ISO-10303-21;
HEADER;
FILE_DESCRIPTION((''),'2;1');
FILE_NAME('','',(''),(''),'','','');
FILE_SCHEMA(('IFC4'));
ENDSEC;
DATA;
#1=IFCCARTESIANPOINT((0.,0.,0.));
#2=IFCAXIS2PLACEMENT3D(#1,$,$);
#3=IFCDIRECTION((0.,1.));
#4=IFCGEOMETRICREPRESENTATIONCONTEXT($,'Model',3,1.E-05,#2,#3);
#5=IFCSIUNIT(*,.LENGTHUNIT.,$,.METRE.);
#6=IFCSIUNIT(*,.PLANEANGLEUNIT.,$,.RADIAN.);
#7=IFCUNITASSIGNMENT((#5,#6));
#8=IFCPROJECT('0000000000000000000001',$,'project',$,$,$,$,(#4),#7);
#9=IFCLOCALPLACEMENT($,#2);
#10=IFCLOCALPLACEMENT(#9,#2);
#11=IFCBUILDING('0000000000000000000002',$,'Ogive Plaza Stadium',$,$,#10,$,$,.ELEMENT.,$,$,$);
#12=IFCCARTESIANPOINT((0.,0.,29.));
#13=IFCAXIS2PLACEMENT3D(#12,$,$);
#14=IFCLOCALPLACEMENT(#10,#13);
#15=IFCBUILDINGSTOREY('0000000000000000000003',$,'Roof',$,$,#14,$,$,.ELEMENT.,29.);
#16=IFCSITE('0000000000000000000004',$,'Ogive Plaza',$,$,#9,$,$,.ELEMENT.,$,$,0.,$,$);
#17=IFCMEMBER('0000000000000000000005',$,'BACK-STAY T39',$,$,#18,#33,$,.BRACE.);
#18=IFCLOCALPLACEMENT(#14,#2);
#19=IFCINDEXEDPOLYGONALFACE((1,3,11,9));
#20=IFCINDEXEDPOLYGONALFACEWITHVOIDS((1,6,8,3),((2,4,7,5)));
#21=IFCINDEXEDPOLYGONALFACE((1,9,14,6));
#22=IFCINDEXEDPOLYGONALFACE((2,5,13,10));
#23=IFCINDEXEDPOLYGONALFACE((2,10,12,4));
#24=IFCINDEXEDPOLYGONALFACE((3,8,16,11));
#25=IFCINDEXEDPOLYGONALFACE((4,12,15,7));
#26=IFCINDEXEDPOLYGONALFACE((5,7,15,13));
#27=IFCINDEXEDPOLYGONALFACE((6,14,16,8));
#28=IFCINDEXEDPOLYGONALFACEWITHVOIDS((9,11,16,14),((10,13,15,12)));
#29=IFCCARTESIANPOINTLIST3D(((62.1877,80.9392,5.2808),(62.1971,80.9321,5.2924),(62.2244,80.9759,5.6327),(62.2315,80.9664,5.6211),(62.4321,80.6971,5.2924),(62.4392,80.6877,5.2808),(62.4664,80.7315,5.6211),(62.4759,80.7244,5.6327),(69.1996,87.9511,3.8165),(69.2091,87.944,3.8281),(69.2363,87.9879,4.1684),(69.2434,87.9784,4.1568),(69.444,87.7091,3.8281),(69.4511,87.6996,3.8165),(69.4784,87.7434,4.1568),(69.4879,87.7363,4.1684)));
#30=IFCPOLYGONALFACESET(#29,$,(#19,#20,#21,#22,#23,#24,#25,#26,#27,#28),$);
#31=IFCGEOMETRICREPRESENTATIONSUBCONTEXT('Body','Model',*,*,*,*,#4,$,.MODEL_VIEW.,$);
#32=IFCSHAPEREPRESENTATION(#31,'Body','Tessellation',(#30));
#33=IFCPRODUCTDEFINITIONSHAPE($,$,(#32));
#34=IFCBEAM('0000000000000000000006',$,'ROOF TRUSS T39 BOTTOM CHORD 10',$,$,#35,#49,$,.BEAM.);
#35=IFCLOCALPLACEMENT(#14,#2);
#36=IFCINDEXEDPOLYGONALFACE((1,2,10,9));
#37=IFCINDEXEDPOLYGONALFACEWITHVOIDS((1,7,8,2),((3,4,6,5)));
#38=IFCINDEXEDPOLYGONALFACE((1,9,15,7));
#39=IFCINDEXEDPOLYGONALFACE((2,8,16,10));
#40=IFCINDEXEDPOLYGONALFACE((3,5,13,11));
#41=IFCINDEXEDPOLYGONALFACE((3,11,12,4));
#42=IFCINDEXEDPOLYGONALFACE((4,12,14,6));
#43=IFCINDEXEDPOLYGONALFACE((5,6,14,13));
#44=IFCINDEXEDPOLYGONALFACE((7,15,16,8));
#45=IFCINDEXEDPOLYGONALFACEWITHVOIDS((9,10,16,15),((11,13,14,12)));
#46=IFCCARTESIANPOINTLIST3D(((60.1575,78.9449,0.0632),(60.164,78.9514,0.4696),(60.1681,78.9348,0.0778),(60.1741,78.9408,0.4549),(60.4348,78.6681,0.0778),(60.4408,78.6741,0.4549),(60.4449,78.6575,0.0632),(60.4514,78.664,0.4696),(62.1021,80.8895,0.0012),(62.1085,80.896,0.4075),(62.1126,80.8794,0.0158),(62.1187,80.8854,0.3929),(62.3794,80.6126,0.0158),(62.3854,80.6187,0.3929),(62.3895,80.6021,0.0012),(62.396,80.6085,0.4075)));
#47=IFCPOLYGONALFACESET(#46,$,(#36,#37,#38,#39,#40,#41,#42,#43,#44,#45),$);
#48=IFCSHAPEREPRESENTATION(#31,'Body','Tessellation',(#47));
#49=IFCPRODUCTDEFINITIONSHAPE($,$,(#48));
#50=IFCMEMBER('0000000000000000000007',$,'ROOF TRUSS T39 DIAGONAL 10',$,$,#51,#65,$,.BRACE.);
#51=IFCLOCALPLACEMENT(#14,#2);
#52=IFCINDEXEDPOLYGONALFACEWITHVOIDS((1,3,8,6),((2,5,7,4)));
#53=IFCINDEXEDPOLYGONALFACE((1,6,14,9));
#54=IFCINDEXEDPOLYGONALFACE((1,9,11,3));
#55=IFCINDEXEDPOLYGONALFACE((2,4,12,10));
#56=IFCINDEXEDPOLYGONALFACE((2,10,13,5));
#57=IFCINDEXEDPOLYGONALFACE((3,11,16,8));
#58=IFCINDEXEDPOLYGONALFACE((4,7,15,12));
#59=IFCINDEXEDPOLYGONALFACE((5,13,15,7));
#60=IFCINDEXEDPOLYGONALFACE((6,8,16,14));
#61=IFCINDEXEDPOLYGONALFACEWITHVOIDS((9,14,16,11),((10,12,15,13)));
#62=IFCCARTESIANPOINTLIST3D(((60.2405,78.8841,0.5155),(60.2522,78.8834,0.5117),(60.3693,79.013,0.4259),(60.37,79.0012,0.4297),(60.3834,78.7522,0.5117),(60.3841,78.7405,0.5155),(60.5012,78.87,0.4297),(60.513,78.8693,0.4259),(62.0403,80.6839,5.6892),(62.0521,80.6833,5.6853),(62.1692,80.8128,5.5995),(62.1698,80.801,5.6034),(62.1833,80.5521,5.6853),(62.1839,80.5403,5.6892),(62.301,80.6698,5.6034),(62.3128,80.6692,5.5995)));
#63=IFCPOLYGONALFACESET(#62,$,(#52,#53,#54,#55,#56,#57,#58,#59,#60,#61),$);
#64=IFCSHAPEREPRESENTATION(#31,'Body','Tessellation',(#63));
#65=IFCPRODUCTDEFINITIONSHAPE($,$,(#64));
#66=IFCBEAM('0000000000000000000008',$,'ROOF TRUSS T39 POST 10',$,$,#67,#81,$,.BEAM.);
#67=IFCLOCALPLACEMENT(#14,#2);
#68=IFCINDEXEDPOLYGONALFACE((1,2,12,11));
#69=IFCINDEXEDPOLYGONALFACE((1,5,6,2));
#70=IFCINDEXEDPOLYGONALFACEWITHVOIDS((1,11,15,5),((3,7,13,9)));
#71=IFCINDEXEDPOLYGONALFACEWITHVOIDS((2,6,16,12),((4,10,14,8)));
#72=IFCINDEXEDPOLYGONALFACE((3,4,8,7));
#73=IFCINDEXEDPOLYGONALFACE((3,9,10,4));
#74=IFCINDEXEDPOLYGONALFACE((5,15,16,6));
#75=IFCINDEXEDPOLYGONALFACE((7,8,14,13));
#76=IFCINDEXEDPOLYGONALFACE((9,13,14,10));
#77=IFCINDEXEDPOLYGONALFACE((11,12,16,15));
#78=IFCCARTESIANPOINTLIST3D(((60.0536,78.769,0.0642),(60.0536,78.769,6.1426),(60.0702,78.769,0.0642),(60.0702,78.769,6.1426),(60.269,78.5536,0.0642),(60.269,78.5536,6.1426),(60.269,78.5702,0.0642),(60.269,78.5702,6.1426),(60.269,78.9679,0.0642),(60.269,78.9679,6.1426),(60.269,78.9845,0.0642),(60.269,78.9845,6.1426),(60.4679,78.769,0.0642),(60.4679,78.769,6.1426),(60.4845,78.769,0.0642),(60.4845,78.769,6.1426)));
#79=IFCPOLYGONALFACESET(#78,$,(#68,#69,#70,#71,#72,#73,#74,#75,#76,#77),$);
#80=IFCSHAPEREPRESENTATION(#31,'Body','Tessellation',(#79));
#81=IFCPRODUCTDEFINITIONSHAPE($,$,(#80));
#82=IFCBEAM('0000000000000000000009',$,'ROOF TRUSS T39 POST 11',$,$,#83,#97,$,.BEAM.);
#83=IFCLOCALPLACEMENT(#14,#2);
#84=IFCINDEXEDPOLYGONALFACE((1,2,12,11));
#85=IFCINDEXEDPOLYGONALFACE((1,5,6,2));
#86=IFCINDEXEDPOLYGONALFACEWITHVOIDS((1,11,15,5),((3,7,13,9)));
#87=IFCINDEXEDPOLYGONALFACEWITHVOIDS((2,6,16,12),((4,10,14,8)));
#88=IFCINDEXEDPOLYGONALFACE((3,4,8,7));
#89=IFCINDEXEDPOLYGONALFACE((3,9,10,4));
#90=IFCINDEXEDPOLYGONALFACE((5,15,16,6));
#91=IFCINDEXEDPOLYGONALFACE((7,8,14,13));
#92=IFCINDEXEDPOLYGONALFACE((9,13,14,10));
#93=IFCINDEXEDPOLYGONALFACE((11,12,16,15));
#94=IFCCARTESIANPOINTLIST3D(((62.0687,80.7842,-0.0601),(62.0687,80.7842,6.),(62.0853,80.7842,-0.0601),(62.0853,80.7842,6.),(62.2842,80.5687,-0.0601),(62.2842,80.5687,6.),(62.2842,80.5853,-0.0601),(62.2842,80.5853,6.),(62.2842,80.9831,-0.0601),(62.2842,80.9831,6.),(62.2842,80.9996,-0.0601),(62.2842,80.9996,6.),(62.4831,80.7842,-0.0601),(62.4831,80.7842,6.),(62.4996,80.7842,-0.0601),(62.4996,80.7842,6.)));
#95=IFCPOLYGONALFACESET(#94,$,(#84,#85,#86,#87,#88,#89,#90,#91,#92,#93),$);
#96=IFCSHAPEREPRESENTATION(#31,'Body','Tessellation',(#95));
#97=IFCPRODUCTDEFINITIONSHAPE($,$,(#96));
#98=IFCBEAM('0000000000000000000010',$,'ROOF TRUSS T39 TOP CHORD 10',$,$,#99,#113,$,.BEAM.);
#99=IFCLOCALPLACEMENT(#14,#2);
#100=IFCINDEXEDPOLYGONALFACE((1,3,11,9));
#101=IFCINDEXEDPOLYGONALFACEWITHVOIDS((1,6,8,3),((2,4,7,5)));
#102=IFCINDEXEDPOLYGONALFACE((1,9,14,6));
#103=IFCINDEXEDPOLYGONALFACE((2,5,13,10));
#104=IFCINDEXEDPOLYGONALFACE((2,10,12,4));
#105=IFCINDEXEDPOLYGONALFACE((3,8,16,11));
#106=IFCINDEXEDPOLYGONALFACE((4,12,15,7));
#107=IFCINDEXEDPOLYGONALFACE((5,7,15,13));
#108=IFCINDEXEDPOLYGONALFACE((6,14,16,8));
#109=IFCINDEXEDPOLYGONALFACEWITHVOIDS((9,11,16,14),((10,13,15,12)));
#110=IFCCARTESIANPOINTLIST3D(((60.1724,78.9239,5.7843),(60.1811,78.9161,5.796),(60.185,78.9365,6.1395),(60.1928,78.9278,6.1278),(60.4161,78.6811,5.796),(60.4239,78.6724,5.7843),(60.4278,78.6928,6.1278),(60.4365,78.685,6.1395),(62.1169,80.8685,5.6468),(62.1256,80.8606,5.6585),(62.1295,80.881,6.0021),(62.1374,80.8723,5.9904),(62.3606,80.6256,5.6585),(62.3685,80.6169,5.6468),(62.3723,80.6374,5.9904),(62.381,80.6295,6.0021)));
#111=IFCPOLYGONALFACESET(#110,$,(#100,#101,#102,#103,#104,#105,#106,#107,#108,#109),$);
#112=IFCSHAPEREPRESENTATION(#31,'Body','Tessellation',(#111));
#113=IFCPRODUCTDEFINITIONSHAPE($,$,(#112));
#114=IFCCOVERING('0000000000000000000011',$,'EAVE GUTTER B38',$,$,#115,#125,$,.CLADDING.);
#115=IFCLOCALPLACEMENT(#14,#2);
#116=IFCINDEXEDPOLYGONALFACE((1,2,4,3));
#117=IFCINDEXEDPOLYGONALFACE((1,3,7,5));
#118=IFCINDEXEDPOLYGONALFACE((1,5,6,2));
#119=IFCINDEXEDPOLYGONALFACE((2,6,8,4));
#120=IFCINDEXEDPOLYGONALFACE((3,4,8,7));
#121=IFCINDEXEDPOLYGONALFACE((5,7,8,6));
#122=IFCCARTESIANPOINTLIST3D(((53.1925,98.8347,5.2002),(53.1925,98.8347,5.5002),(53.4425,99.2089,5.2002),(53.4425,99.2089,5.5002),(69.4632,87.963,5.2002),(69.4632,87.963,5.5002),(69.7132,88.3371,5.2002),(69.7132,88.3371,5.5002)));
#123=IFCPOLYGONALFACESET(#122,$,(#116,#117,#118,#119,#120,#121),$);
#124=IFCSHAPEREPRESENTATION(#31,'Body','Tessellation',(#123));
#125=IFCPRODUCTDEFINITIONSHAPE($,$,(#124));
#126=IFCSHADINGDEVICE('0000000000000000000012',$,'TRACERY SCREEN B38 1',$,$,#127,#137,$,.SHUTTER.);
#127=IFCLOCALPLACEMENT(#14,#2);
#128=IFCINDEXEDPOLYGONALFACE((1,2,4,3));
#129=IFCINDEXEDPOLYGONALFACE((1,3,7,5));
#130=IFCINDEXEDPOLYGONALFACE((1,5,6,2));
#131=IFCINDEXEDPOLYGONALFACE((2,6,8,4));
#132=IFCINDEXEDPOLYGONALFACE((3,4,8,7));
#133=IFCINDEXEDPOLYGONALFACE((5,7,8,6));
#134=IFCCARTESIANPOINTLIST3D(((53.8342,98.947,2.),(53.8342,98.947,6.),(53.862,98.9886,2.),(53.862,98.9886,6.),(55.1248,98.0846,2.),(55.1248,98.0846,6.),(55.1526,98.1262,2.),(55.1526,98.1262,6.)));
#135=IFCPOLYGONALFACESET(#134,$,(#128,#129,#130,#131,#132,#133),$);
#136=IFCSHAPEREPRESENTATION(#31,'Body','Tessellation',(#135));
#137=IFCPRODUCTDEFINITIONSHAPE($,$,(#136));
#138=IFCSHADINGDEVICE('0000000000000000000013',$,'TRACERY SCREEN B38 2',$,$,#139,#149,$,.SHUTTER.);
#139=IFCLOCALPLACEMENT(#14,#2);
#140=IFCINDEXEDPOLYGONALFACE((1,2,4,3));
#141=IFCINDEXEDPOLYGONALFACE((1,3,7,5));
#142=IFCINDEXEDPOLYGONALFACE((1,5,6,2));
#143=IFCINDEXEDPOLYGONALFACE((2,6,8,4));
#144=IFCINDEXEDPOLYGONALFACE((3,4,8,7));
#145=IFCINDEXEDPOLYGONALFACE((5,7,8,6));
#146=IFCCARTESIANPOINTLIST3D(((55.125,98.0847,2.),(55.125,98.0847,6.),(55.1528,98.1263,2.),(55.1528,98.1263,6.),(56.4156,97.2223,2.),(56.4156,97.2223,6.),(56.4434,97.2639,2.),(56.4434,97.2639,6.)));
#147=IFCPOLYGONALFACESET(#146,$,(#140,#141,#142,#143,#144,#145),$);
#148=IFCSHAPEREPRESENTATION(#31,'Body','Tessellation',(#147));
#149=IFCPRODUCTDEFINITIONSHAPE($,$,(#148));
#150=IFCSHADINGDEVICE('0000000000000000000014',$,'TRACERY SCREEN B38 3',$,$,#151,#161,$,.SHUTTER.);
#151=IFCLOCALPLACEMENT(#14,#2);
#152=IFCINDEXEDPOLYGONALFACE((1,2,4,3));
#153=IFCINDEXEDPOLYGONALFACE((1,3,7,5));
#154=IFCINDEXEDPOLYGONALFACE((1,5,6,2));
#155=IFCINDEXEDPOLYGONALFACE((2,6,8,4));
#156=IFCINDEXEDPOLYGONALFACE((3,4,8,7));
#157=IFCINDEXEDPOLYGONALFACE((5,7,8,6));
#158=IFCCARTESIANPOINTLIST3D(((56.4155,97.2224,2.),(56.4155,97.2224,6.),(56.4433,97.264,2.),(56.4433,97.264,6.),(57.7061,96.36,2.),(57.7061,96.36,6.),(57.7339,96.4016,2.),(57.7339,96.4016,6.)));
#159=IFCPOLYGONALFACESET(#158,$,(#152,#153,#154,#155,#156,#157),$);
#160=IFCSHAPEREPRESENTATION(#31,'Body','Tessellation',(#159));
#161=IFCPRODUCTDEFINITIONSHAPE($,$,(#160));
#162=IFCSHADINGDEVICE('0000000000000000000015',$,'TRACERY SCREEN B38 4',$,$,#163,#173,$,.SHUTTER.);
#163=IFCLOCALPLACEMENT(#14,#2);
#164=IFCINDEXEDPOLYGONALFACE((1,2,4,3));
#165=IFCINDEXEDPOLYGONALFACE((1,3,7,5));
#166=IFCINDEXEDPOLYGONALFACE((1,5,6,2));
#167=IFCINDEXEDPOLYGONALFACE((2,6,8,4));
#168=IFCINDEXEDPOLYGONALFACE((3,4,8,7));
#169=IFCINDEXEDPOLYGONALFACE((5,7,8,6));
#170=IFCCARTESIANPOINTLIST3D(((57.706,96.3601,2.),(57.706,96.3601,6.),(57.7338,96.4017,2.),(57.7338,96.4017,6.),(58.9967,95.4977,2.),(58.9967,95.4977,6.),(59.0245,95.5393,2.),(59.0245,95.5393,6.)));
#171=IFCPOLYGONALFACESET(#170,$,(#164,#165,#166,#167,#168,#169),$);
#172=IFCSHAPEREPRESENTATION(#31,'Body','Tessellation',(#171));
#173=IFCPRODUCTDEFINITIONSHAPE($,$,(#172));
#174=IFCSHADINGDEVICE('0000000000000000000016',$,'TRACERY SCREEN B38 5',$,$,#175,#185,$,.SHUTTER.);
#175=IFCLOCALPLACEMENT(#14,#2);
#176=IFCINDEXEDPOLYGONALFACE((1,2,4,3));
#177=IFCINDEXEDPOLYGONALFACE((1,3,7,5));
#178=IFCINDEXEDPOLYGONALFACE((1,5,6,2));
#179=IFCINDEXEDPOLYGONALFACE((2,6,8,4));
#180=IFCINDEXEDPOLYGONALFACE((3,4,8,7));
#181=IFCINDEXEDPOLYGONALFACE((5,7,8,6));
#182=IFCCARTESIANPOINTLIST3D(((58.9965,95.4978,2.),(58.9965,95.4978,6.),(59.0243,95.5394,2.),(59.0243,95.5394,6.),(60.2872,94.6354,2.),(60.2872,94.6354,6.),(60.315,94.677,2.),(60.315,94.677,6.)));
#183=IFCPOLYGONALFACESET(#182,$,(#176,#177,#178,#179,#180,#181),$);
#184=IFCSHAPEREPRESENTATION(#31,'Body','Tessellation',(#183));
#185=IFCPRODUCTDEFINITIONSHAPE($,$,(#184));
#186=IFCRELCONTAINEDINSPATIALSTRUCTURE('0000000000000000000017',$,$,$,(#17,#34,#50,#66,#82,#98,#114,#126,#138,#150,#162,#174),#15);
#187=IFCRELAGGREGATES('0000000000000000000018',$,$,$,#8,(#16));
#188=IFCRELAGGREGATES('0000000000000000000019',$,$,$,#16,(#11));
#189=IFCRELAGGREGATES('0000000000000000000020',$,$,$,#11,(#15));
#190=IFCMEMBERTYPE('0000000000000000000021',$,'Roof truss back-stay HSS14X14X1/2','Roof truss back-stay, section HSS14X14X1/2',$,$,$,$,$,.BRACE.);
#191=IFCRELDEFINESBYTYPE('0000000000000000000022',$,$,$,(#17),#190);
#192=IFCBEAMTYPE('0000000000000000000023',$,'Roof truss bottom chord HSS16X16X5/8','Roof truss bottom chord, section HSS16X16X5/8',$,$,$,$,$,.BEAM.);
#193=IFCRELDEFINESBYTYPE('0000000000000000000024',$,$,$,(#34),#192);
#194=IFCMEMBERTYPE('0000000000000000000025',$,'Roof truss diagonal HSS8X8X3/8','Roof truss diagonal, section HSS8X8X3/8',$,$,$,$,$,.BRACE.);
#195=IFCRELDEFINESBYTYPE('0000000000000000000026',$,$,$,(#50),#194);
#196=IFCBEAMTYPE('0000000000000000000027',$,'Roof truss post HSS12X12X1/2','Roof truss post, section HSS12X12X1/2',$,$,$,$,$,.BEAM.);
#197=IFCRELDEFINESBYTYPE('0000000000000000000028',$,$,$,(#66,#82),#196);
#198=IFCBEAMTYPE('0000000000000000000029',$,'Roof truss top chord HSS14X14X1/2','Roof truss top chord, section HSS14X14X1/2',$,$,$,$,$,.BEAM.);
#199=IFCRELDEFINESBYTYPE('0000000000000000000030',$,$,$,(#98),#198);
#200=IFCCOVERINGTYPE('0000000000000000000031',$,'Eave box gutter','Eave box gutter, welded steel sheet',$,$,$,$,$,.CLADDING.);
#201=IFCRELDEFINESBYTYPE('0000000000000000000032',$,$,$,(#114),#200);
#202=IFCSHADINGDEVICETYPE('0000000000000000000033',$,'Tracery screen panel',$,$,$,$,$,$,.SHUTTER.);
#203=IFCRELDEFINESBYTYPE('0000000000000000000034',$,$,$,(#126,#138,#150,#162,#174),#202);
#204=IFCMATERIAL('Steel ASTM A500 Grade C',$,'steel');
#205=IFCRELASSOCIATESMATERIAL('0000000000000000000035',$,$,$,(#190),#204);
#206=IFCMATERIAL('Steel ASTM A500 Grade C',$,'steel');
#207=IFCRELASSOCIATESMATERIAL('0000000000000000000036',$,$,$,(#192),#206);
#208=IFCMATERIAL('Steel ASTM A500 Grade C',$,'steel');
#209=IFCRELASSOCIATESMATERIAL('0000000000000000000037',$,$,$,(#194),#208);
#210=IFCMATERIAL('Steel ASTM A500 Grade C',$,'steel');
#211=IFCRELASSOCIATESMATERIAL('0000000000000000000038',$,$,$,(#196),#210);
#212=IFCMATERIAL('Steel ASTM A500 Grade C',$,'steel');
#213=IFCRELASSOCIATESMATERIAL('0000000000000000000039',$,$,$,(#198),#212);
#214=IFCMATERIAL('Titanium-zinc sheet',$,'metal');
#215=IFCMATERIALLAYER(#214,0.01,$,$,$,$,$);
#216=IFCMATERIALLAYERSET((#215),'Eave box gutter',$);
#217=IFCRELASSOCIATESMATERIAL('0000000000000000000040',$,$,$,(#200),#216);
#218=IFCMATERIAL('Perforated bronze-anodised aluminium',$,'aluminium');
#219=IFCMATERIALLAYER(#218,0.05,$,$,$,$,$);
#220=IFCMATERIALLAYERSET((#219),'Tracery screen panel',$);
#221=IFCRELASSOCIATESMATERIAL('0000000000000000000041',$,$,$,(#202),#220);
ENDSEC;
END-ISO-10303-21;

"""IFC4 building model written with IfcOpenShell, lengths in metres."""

from ifc_helpers import new_model, si_unit, direction, frame, origin, origin_2d, place, context, subcontext, project, spatial, rectangle, hollow_rectangle, extrude, material, layer, layer_set, material_profile, profile_set, type_object, element, save


model = new_model("IFC4")

# Units and contexts
model_context = context("Model", 3, precision=1e-05, world=origin(), true_north=direction((0.0, 1.0)))
body_context = subcontext(model_context, "Body", "Model", "MODEL_VIEW")
ifc_project = project(units=[si_unit("LENGTHUNIT", "METRE"), si_unit("PLANEANGLEUNIT", "RADIAN")], contexts=[model_context])

# Site, building, storey
site_placement = place(None, origin())
site = spatial("IfcSite", under=ifc_project, at=site_placement, Name="Ogive Plaza", CompositionType="ELEMENT", RefElevation=0.0)
building_placement = place(site_placement, origin())
building = spatial("IfcBuilding", under=site, at=building_placement, Name="Ogive Plaza Stadium", CompositionType="ELEMENT")
storey_placement = place(building_placement, frame((0.0, 0.0, 29.0)))
storey = spatial("IfcBuildingStorey", under=building, at=storey_placement, Name="Roof", CompositionType="ELEMENT", Elevation=29.0)

# Member
ifc_material_1 = material(Name="Steel ASTM A500 Grade C", Category="steel")
ifc_material_profile_1 = material_profile(ifc_material_1, hollow_rectangle(XDim=0.3557, YDim=0.3557, WallThickness=0.0117, at=origin_2d()), Name="HSS14X14X1/2")
ifc_profile_set_1 = profile_set([ifc_material_profile_1], Name="Steel ASTM A500 Grade C")
member_type_1 = type_object("IfcMemberType", Name="Roof truss back-stay HSS14X14X1/2", Description="Roof truss back-stay, section HSS14X14X1/2", PredefinedType="BRACE", material=ifc_profile_set_1)
member_1_placement = place(storey_placement, frame((62.3318, 80.8318, 5.4568), z_axis=(0.699521, 0.699521, -0.146086), x_axis=(-0.707107, 0.707107, 0.0)))
element("IfcMember", 1, at=member_1_placement, inside=storey, type_object=member_type_1, Name="BACK-STAY T39", PredefinedType="BRACE", context=body_context, shape_type="SweptSolid", body=[
    extrude(hollow_rectangle(XDim=0.3557, YDim=0.3557, WallThickness=0.0117, at=origin_2d()), origin(), (0.0, 0.0, 1.0), 10.0239),
])

# Beam
ifc_material_2 = material(Name="Steel ASTM A500 Grade C", Category="steel")
ifc_material_profile_2 = material_profile(ifc_material_2, hollow_rectangle(XDim=0.4065, YDim=0.4065, WallThickness=0.0146, at=origin_2d()), Name="HSS16X16X5/8")
ifc_profile_set_2 = profile_set([ifc_material_profile_2], Name="Steel ASTM A500 Grade C")
beam_type_1 = type_object("IfcBeamType", Name="Roof truss bottom chord HSS16X16X5/8", Description="Roof truss bottom chord, section HSS16X16X5/8", PredefinedType="BEAM", material=ifc_profile_set_2)
beam_1_placement = place(storey_placement, frame((60.3044, 78.8044, 0.2664), z_axis=(0.706927, 0.706927, -0.022544), x_axis=(-0.707107, 0.707107, 0.0)))
element("IfcBeam", 2, at=beam_1_placement, inside=storey, type_object=beam_type_1, Name="ROOF TRUSS T39 BOTTOM CHORD 10", PredefinedType="BEAM", context=body_context, shape_type="SweptSolid", body=[
    extrude(hollow_rectangle(XDim=0.4065, YDim=0.4065, WallThickness=0.0146, at=origin_2d()), origin(), (0.0, 0.0, 1.0), 2.7507),
])

# Member
ifc_material_3 = material(Name="Steel ASTM A500 Grade C", Category="steel")
ifc_material_profile_3 = material_profile(ifc_material_3, hollow_rectangle(XDim=0.2031, YDim=0.2031, WallThickness=0.0088, at=origin_2d()), Name="HSS8X8X3/8")
ifc_profile_set_3 = profile_set([ifc_material_profile_3], Name="Steel ASTM A500 Grade C")
member_type_2 = type_object("IfcMemberType", Name="Roof truss diagonal HSS8X8X3/8", Description="Roof truss diagonal, section HSS8X8X3/8", PredefinedType="BRACE", material=ifc_profile_set_3)
member_2_placement = place(storey_placement, frame((60.3767, 78.8767, 0.4707), z_axis=(0.312151, 0.312151, 0.897287), x_axis=(-0.707107, 0.707107, 0.0)))
element("IfcMember", 3, at=member_2_placement, inside=storey, type_object=member_type_2, Name="ROOF TRUSS T39 DIAGONAL 10", PredefinedType="BRACE", context=body_context, shape_type="SweptSolid", body=[
    extrude(hollow_rectangle(XDim=0.2031, YDim=0.2031, WallThickness=0.0088, at=origin_2d()), origin(), (0.0, 0.0, 1.0), 5.7659),
])

# Beams
ifc_material_4 = material(Name="Steel ASTM A500 Grade C", Category="steel")
ifc_material_profile_4 = material_profile(ifc_material_4, hollow_rectangle(XDim=0.3047, YDim=0.3047, WallThickness=0.0117, at=origin_2d()), Name="HSS12X12X1/2")
ifc_profile_set_4 = profile_set([ifc_material_profile_4], Name="Steel ASTM A500 Grade C")
beam_type_2 = type_object("IfcBeamType", Name="Roof truss post HSS12X12X1/2", Description="Roof truss post, section HSS12X12X1/2", PredefinedType="BEAM", material=ifc_profile_set_4)
beam_2_placement = place(storey_placement, frame((60.269, 78.769, 0.0642), z_axis=(0.0, 0.0, 1.0), x_axis=(-0.707107, 0.707107, 0.0)))
element("IfcBeam", 4, at=beam_2_placement, inside=storey, type_object=beam_type_2, Name="ROOF TRUSS T39 POST 10", PredefinedType="BEAM", context=body_context, shape_type="SweptSolid", body=[
    extrude(hollow_rectangle(XDim=0.3047, YDim=0.3047, WallThickness=0.0117, at=origin_2d()), origin(), (0.0, 0.0, 1.0), 6.0784),
])
beam_3_placement = place(storey_placement, frame((62.2842, 80.7842, -0.0601), z_axis=(0.0, 0.0, 1.0), x_axis=(-0.707107, 0.707107, 0.0)))
element("IfcBeam", 5, at=beam_3_placement, inside=storey, type_object=beam_type_2, Name="ROOF TRUSS T39 POST 11", PredefinedType="BEAM", context=body_context, shape_type="SweptSolid", body=[
    extrude(hollow_rectangle(XDim=0.3047, YDim=0.3047, WallThickness=0.0117, at=origin_2d()), origin(), (0.0, 0.0, 1.0), 6.0601),
])
ifc_material_5 = material(Name="Steel ASTM A500 Grade C", Category="steel")
ifc_material_profile_5 = material_profile(ifc_material_5, hollow_rectangle(XDim=0.3557, YDim=0.3557, WallThickness=0.0117, at=origin_2d()), Name="HSS14X14X1/2")
ifc_profile_set_5 = profile_set([ifc_material_profile_5], Name="Steel ASTM A500 Grade C")
beam_type_3 = type_object("IfcBeamType", Name="Roof truss top chord HSS14X14X1/2", Description="Roof truss top chord, section HSS14X14X1/2", PredefinedType="BEAM", material=ifc_profile_set_5)
beam_4_placement = place(storey_placement, frame((60.3044, 78.8044, 5.9619), z_axis=(0.706225, 0.706225, -0.049919), x_axis=(-0.707107, 0.707107, 0.0)))
element("IfcBeam", 6, at=beam_4_placement, inside=storey, type_object=beam_type_3, Name="ROOF TRUSS T39 TOP CHORD 10", PredefinedType="BEAM", context=body_context, shape_type="SweptSolid", body=[
    extrude(hollow_rectangle(XDim=0.3557, YDim=0.3557, WallThickness=0.0117, at=origin_2d()), origin(), (0.0, 0.0, 1.0), 2.7534),
])

# Covering
ifc_material_6 = material(Name="Titanium-zinc sheet", Category="metal")
ifc_layer_1 = layer(ifc_material_6, 0.01)
ifc_layer_set_1 = layer_set([ifc_layer_1], Name="Eave box gutter")
covering_type = type_object("IfcCoveringType", Name="Eave box gutter", Description="Eave box gutter, welded steel sheet", PredefinedType="CLADDING", material=ifc_layer_set_1)
covering_placement = place(storey_placement, frame((61.4529, 93.5859, 5.2002), z_axis=(0.0, 0.0, 1.0), x_axis=(0.83147, -0.55557, 0.0)))
element("IfcCovering", 7, at=covering_placement, inside=storey, type_object=covering_type, Name="EAVE GUTTER B38", PredefinedType="CLADDING", context=body_context, shape_type="SweptSolid", body=[
    extrude(rectangle(XDim=19.5686, YDim=0.45, at=origin_2d()), origin(), (0.0, 0.0, 1.0), 0.3),
])

# Shading devices
ifc_material_7 = material(Name="Perforated bronze-anodised aluminium", Category="aluminium")
ifc_layer_2 = layer(ifc_material_7, 0.05)
ifc_layer_set_2 = layer_set([ifc_layer_2], Name="Tracery screen panel")
shading_device_type = type_object("IfcShadingDeviceType", Name="Tracery screen panel", PredefinedType="SHUTTER", material=ifc_layer_set_2)
for number, where, z_axis, x_axis, name in (
    (8, (54.4934, 98.5366, 2.0), (0.0, 0.0, 1.0), (0.83147, -0.55557, 0.0), "TRACERY SCREEN B38 1"),
    (9, (55.7842, 97.6743, 2.0), (0.0, 0.0, 1.0), (0.83147, -0.55557, 0.0), "TRACERY SCREEN B38 2"),
    (10, (57.0747, 96.812, 2.0), (0.0, 0.0, 1.0), (0.83147, -0.55557, 0.0), "TRACERY SCREEN B38 3"),
    (11, (58.3652, 95.9497, 2.0), (0.0, 0.0, 1.0), (0.83147, -0.55557, 0.0), "TRACERY SCREEN B38 4"),
    (12, (59.6558, 95.0874, 2.0), (0.0, 0.0, 1.0), (0.83147, -0.55557, 0.0), "TRACERY SCREEN B38 5"),
):
    element("IfcShadingDevice", number, at=place(storey_placement, frame(where, z_axis=z_axis, x_axis=x_axis)), inside=storey, type_object=shading_device_type, Name=name, PredefinedType="SHUTTER", context=body_context, shape_type="SweptSolid", body=[
        extrude(rectangle(XDim=1.5522, YDim=0.05, at=origin_2d()), origin(), (0.0, 0.0, 1.0), 4.0),
    ])

save(model, "model.ifc")
